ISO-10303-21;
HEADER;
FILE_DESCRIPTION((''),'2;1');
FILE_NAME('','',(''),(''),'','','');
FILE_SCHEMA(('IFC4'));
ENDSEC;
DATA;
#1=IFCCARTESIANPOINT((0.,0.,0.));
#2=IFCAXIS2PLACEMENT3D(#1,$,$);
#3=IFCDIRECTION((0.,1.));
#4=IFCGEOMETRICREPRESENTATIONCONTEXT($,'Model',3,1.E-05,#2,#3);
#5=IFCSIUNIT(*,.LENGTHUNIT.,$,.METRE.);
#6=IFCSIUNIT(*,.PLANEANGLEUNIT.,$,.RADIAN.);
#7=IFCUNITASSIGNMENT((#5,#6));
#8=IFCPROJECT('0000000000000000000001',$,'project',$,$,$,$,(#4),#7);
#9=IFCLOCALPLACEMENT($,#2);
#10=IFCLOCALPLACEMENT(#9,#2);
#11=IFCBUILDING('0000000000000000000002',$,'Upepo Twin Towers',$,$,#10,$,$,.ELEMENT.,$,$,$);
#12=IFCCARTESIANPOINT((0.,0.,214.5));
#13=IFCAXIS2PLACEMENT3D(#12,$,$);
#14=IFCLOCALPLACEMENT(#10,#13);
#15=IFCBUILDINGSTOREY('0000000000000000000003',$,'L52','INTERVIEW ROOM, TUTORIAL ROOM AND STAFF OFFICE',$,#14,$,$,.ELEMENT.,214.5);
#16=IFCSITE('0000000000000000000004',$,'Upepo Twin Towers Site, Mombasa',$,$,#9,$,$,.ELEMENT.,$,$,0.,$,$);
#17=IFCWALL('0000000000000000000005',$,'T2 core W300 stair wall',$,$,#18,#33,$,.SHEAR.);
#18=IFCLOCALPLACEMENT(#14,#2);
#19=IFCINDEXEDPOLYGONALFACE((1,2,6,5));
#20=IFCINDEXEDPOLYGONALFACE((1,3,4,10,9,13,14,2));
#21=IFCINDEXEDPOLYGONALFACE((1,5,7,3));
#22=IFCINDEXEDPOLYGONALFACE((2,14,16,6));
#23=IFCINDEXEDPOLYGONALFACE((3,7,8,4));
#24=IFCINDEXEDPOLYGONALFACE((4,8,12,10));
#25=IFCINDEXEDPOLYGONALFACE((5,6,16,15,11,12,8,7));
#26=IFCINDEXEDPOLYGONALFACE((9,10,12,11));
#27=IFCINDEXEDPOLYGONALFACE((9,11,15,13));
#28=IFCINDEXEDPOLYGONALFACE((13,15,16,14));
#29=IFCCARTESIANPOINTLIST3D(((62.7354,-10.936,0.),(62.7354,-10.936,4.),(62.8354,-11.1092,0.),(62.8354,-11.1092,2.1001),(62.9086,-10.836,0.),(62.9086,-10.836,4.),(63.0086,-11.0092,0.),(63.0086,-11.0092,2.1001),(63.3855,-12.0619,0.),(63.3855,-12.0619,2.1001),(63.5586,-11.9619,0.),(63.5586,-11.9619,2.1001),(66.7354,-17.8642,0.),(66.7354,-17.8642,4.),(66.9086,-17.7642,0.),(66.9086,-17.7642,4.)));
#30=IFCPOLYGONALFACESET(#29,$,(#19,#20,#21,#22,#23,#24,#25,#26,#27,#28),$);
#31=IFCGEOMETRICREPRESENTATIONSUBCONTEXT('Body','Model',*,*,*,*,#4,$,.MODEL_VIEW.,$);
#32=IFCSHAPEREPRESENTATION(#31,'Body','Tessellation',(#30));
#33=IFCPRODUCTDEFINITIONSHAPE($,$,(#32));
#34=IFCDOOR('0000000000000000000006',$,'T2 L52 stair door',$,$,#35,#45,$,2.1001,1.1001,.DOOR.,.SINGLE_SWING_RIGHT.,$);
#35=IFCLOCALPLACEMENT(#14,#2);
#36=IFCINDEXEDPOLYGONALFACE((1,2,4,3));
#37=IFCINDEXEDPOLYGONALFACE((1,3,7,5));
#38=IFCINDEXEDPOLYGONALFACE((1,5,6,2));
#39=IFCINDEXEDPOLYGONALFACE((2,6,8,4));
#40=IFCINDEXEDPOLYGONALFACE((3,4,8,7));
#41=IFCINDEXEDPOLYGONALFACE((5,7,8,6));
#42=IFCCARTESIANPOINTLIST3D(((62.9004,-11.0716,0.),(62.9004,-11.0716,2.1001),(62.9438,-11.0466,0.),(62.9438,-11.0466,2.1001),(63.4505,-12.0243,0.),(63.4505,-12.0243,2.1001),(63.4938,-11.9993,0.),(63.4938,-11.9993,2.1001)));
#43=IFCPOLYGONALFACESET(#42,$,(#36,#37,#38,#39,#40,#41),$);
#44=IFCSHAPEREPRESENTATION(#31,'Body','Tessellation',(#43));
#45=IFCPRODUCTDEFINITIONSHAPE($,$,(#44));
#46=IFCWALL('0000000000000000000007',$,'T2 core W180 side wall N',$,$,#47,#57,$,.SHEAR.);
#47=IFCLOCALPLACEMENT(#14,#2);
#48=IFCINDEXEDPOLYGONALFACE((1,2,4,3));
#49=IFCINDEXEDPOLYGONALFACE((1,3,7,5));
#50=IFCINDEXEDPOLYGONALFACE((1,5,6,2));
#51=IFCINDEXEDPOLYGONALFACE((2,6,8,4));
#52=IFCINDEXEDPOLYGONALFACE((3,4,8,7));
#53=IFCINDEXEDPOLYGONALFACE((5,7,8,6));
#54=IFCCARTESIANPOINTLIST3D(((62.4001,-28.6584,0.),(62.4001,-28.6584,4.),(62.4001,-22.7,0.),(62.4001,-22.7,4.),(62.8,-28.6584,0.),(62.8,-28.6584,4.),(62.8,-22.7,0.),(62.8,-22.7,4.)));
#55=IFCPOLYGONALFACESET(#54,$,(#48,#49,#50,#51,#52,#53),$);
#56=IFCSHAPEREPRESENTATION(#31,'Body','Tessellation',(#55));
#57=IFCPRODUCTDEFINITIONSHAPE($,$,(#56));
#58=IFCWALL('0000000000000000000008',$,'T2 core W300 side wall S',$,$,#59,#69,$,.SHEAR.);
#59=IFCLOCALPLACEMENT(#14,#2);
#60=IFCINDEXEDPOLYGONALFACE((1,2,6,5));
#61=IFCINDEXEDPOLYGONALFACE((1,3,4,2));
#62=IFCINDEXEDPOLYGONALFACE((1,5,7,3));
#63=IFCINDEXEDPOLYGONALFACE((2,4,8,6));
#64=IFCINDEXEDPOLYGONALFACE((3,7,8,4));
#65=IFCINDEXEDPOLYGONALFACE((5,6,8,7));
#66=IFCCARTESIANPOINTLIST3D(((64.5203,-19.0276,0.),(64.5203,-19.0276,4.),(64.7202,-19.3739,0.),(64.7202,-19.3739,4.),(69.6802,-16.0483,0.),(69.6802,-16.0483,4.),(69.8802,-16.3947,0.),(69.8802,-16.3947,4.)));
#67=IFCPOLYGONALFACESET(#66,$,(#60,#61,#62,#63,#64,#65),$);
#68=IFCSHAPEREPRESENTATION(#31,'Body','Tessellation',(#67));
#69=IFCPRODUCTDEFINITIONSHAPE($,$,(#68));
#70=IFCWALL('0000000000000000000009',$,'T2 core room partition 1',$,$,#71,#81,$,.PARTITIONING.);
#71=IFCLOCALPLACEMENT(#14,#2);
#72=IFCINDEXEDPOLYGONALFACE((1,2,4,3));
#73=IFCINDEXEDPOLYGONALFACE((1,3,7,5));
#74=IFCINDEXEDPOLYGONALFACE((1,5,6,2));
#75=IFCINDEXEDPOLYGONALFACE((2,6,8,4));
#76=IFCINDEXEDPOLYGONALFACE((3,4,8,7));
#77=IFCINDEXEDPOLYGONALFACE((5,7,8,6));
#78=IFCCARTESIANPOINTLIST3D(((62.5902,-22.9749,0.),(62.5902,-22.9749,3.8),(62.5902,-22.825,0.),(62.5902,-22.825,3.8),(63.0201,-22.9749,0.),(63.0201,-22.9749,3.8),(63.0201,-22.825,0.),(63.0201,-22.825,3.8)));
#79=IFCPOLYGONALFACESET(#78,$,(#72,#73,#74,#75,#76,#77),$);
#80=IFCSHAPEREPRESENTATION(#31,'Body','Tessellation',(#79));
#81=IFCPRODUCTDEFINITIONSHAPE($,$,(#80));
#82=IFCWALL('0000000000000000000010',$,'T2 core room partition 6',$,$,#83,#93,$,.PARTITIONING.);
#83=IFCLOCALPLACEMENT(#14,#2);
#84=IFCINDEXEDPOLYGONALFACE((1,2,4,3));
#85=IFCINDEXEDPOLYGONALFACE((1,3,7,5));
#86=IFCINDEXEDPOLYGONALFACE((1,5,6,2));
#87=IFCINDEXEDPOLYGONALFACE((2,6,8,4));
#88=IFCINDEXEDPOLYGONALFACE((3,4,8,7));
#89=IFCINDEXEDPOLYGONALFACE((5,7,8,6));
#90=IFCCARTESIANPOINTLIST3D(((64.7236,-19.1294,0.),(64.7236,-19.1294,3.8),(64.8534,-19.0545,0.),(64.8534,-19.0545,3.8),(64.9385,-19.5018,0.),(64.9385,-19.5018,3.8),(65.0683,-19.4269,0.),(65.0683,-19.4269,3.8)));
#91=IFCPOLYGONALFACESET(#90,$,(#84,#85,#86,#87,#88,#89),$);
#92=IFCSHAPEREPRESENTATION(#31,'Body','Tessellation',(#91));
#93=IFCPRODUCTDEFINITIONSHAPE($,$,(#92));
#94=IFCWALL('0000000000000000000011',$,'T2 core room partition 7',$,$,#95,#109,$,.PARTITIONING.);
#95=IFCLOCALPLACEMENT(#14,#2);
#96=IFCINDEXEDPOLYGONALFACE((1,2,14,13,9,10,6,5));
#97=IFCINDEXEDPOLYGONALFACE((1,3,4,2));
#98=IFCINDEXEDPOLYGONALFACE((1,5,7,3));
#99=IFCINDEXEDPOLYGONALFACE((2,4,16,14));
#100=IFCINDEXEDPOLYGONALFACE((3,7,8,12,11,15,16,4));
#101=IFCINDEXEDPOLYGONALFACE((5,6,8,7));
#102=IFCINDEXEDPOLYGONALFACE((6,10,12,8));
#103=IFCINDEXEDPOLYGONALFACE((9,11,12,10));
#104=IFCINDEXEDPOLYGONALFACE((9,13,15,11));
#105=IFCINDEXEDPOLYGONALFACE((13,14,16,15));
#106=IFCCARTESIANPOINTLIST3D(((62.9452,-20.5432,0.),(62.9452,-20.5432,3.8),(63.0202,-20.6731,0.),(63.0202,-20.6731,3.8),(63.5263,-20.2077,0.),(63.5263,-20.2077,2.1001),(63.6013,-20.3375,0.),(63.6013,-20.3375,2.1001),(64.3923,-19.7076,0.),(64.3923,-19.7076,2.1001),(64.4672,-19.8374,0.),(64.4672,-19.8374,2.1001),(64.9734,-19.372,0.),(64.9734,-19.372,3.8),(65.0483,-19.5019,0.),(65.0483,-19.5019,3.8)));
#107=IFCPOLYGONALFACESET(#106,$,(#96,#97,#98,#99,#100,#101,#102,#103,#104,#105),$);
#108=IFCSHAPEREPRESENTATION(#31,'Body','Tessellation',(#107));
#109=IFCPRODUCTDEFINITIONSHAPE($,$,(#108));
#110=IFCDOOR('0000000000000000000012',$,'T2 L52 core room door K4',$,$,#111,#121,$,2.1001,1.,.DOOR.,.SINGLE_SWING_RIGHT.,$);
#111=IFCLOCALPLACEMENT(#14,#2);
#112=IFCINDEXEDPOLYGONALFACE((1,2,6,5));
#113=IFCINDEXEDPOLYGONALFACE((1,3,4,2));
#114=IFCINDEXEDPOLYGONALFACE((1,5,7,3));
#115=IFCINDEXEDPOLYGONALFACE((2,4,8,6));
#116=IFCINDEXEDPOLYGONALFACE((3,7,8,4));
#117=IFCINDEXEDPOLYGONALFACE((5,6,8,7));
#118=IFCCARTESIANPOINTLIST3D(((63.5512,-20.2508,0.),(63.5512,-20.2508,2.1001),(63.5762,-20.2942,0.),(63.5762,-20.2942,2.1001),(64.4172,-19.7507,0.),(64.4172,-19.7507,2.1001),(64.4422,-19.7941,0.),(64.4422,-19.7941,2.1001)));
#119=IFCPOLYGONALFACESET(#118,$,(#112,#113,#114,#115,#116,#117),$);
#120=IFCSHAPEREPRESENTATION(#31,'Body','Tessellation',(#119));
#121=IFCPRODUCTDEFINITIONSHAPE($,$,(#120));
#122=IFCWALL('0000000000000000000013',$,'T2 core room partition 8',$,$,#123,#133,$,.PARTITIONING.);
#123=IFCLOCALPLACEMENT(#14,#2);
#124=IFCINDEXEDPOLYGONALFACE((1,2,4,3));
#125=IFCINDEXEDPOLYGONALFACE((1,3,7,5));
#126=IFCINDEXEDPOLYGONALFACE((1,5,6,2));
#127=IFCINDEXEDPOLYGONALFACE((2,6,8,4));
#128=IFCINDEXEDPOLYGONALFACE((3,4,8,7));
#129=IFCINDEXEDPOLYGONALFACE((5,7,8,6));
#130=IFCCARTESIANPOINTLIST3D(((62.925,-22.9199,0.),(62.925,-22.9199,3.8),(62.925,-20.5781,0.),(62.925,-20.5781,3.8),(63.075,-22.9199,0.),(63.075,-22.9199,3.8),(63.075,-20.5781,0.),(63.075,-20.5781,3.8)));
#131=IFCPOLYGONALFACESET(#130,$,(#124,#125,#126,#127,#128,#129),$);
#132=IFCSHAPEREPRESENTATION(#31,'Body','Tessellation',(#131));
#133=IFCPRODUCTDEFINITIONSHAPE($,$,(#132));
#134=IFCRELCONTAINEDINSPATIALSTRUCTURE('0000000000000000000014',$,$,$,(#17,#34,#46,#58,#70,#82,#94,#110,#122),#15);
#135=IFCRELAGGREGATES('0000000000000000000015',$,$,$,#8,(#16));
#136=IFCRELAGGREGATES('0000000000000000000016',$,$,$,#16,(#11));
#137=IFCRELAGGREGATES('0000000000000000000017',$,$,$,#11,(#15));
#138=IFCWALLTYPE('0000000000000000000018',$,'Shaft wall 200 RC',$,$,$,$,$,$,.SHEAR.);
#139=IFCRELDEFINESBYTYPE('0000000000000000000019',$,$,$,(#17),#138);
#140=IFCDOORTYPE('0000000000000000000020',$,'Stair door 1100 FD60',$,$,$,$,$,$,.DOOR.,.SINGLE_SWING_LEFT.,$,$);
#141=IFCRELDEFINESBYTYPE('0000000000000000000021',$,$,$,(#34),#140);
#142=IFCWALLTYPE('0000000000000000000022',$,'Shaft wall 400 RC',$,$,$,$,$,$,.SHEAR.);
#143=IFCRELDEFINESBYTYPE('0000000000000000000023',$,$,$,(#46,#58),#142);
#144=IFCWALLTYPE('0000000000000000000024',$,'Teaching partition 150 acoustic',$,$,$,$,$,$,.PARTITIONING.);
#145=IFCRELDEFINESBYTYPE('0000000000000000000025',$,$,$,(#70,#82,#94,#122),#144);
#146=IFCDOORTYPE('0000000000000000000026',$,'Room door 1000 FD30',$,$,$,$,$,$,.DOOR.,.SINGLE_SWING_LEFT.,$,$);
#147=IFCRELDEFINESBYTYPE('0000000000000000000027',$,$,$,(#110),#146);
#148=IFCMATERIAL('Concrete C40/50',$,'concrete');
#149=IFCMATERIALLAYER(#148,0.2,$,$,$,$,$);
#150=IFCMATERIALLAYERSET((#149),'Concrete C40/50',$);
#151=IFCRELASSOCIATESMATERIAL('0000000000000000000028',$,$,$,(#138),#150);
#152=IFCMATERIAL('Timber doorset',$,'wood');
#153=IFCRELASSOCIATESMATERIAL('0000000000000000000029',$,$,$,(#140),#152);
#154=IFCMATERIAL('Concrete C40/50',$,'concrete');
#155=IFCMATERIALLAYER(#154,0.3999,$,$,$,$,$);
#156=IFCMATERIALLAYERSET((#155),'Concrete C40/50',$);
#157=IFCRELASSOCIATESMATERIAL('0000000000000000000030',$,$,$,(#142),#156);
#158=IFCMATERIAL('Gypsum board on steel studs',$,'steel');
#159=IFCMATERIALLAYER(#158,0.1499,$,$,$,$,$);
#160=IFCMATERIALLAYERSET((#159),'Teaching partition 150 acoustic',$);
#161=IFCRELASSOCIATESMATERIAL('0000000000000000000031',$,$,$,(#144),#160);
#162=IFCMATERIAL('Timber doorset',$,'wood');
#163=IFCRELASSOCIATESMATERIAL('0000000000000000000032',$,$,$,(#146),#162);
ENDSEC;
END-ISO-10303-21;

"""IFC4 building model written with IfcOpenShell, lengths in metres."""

from ifc_helpers import new_model, si_unit, direction, frame, frame_2d, origin, place, context, subcontext, project, spatial, rectangle, extrude, material, layer, layer_set, type_object, element, fill, save


model = new_model("IFC4")

# Units and contexts
model_context = context("Model", 3, precision=1e-05, world=origin(), true_north=direction((0.0, 1.0)))
body_context = subcontext(model_context, "Body", "Model", "MODEL_VIEW")
ifc_project = project(units=[si_unit("LENGTHUNIT", "METRE"), si_unit("PLANEANGLEUNIT", "RADIAN")], contexts=[model_context])

# Site, building, storey
site_placement = place(None, origin())
site = spatial("IfcSite", under=ifc_project, at=site_placement, Name="Upepo Twin Towers Site, Mombasa", CompositionType="ELEMENT", RefElevation=0.0)
building_placement = place(site_placement, origin())
building = spatial("IfcBuilding", under=site, at=building_placement, Name="Upepo Twin Towers", CompositionType="ELEMENT")
storey_placement = place(building_placement, frame((0.0, 0.0, 214.5)))
storey = spatial("IfcBuildingStorey", under=building, at=storey_placement, Name="L52", Description="INTERVIEW ROOM, TUTORIAL ROOM AND STAFF OFFICE", CompositionType="ELEMENT", Elevation=214.5)

# Shared definitions
ifc_material_1 = material(Name="Concrete C40/50", Category="concrete")
ifc_layer_1 = layer(ifc_material_1, 0.2)
ifc_layer_set_1 = layer_set([ifc_layer_1], Name="Concrete C40/50")
wall_type_1 = type_object("IfcWallType", Name="Shaft wall 200 RC", PredefinedType="SHEAR", material=ifc_layer_set_1)

# Wall, opening, door
wall_1_placement = place(storey_placement, frame((66.822, -17.8142, 0.0), z_axis=(0.0, 0.0, 1.0), x_axis=(-0.499999, 0.866026, 0.0)))
wall_1 = element("IfcWall", 1, at=wall_1_placement, inside=storey, type_object=wall_type_1, Name="T2 core W300 stair wall", PredefinedType="SHEAR", context=body_context, shape_type="SweptSolid", body=[
    extrude(rectangle(XDim=8.0, YDim=0.2, at=frame_2d((4.0, 0.0))), origin(), (0.0, 0.0, 1.0), 4.0),
])
opening_1_placement = place(wall_1_placement, frame((6.7, 0.0, 0.0)))
opening_1 = element("IfcOpeningElement", 2, at=opening_1_placement, cuts=wall_1, PredefinedType="OPENING", context=body_context, shape_type="SweptSolid", body=[
    extrude(rectangle(XDim=1.1001, YDim=2.1001, at=frame_2d((0.55, 1.05))), frame((0.0, 0.1099, 0.0), z_axis=(0.0, -1.0, 0.0), x_axis=(1.0, 0.0, 0.0)), (0.0, 0.0, 1.0), 0.22),
])
ifc_material_2 = material(Name="Timber doorset", Category="wood")
door_type_1 = type_object("IfcDoorType", Name="Stair door 1100 FD60", OperationType="SINGLE_SWING_LEFT", PredefinedType="DOOR", material=ifc_material_2)
door_1_placement = place(opening_1_placement, origin())
door_1 = element("IfcDoor", 3, at=door_1_placement, inside=storey, type_object=door_type_1, Name="T2 L52 stair door", OperationType="SINGLE_SWING_RIGHT", OverallHeight=2.1001, OverallWidth=1.1001, PredefinedType="DOOR", context=body_context, shape_type="SweptSolid", body=[
    extrude(rectangle(XDim=1.1001, YDim=2.1001, at=frame_2d((0.55, 1.05))), frame((0.0, 0.0249, 0.0), z_axis=(0.0, -1.0, 0.0), x_axis=(1.0, 0.0, 0.0)), (0.0, 0.0, 1.0), 0.05),
])
fill(opening_1, door_1)

# Walls
ifc_material_3 = material(Name="Concrete C40/50", Category="concrete")
ifc_layer_2 = layer(ifc_material_3, 0.3999)
ifc_layer_set_2 = layer_set([ifc_layer_2], Name="Concrete C40/50")
wall_type_2 = type_object("IfcWallType", Name="Shaft wall 400 RC", PredefinedType="SHEAR", material=ifc_layer_set_2)
wall_2_placement = place(storey_placement, frame((62.6001, -22.7, 0.0), z_axis=(0.0, 0.0, 1.0), x_axis=(0.0, -1.0, 0.0)))
element("IfcWall", 4, at=wall_2_placement, inside=storey, type_object=wall_type_2, Name="T2 core W180 side wall N", PredefinedType="SHEAR", context=body_context, shape_type="SweptSolid", body=[
    extrude(rectangle(XDim=5.9585, YDim=0.3999, at=frame_2d((2.9792, 0.0))), origin(), (0.0, 0.0, 1.0), 4.0),
])
wall_3_placement = place(storey_placement, frame((64.6204, -19.2007, 0.0), z_axis=(0.0, 0.0, 1.0), x_axis=(0.866013, 0.500022, 0.0)))
element("IfcWall", 5, at=wall_3_placement, inside=storey, type_object=wall_type_2, Name="T2 core W300 side wall S", PredefinedType="SHEAR", context=body_context, shape_type="SweptSolid", body=[
    extrude(rectangle(XDim=5.9583, YDim=0.3999, at=frame_2d((2.979, 0.0))), origin(), (0.0, 0.0, 1.0), 4.0),
])
ifc_material_4 = material(Name="Gypsum board on steel studs", Category="steel")
ifc_layer_3 = layer(ifc_material_4, 0.1499)
ifc_layer_set_3 = layer_set([ifc_layer_3], Name="Teaching partition 150 acoustic")
wall_type_3 = type_object("IfcWallType", Name="Teaching partition 150 acoustic", PredefinedType="PARTITIONING", material=ifc_layer_set_3)
for number, where, z_axis, x_axis, name in (
    (6, (63.02, -22.8999, 0.0), (0.0, 0.0, 1.0), (-1.0, 0.0, 0.0), "T2 core room partition 1"),
    (7, (64.7886, -19.092, 0.0), (0.0, 0.0, 1.0), (0.499804, -0.866138, 0.0), "T2 core room partition 6"),
):
    element("IfcWall", number, at=place(storey_placement, frame(where, z_axis=z_axis, x_axis=x_axis)), inside=storey, type_object=wall_type_3, Name=name, PredefinedType="PARTITIONING", context=body_context, shape_type="SweptSolid", body=[
        extrude(rectangle(XDim=0.4299, YDim=0.1499, at=frame_2d((0.2148, 0.0))), origin(), (0.0, 0.0, 1.0), 3.8),
    ])

# Wall, opening, door
wall_4_placement = place(storey_placement, frame((65.0107, -19.437, 0.0), z_axis=(0.0, 0.0, 1.0), x_axis=(-0.865982, -0.500074, 0.0)))
wall_4 = element("IfcWall", 8, at=wall_4_placement, inside=storey, type_object=wall_type_3, Name="T2 core room partition 7", PredefinedType="PARTITIONING", context=body_context, shape_type="SweptSolid", body=[
    extrude(rectangle(XDim=2.342, YDim=0.1499, at=frame_2d((1.1709, 0.0))), origin(), (0.0, 0.0, 1.0), 3.8),
])
opening_2_placement = place(wall_4_placement, frame((0.6709, 0.0, 0.0)))
opening_2 = element("IfcOpeningElement", 9, at=opening_2_placement, cuts=wall_4, PredefinedType="OPENING", context=body_context, shape_type="SweptSolid", body=[
    extrude(rectangle(XDim=1.0, YDim=2.1001, at=frame_2d((0.5, 1.05))), frame((0.0, 0.085, 0.0), z_axis=(0.0, -1.0, 0.0), x_axis=(1.0, 0.0, 0.0)), (0.0, 0.0, 1.0), 0.1699),
])
ifc_material_5 = material(Name="Timber doorset", Category="wood")
door_type_2 = type_object("IfcDoorType", Name="Room door 1000 FD30", OperationType="SINGLE_SWING_LEFT", PredefinedType="DOOR", material=ifc_material_5)
door_2_placement = place(opening_2_placement, origin())
door_2 = element("IfcDoor", 10, at=door_2_placement, inside=storey, type_object=door_type_2, Name="T2 L52 core room door K4", OperationType="SINGLE_SWING_RIGHT", OverallHeight=2.1001, OverallWidth=1.0, PredefinedType="DOOR", context=body_context, shape_type="SweptSolid", body=[
    extrude(rectangle(XDim=1.0, YDim=2.1001, at=frame_2d((0.5, 1.05))), frame((0.0, 0.0249, 0.0), z_axis=(0.0, -1.0, 0.0), x_axis=(1.0, 0.0, 0.0)), (0.0, 0.0, 1.0), 0.05),
])
fill(opening_2, door_2)

# Wall
wall_5_placement = place(storey_placement, frame((63.0, -20.5781, 0.0), z_axis=(0.0, 0.0, 1.0), x_axis=(0.0, -1.0, 0.0)))
element("IfcWall", 11, at=wall_5_placement, inside=storey, type_object=wall_type_3, Name="T2 core room partition 8", PredefinedType="PARTITIONING", context=body_context, shape_type="SweptSolid", body=[
    extrude(rectangle(XDim=2.3418, YDim=0.1499, at=frame_2d((1.1709, 0.0))), origin(), (0.0, 0.0, 1.0), 3.8),
])

save(model, "model.ifc")
